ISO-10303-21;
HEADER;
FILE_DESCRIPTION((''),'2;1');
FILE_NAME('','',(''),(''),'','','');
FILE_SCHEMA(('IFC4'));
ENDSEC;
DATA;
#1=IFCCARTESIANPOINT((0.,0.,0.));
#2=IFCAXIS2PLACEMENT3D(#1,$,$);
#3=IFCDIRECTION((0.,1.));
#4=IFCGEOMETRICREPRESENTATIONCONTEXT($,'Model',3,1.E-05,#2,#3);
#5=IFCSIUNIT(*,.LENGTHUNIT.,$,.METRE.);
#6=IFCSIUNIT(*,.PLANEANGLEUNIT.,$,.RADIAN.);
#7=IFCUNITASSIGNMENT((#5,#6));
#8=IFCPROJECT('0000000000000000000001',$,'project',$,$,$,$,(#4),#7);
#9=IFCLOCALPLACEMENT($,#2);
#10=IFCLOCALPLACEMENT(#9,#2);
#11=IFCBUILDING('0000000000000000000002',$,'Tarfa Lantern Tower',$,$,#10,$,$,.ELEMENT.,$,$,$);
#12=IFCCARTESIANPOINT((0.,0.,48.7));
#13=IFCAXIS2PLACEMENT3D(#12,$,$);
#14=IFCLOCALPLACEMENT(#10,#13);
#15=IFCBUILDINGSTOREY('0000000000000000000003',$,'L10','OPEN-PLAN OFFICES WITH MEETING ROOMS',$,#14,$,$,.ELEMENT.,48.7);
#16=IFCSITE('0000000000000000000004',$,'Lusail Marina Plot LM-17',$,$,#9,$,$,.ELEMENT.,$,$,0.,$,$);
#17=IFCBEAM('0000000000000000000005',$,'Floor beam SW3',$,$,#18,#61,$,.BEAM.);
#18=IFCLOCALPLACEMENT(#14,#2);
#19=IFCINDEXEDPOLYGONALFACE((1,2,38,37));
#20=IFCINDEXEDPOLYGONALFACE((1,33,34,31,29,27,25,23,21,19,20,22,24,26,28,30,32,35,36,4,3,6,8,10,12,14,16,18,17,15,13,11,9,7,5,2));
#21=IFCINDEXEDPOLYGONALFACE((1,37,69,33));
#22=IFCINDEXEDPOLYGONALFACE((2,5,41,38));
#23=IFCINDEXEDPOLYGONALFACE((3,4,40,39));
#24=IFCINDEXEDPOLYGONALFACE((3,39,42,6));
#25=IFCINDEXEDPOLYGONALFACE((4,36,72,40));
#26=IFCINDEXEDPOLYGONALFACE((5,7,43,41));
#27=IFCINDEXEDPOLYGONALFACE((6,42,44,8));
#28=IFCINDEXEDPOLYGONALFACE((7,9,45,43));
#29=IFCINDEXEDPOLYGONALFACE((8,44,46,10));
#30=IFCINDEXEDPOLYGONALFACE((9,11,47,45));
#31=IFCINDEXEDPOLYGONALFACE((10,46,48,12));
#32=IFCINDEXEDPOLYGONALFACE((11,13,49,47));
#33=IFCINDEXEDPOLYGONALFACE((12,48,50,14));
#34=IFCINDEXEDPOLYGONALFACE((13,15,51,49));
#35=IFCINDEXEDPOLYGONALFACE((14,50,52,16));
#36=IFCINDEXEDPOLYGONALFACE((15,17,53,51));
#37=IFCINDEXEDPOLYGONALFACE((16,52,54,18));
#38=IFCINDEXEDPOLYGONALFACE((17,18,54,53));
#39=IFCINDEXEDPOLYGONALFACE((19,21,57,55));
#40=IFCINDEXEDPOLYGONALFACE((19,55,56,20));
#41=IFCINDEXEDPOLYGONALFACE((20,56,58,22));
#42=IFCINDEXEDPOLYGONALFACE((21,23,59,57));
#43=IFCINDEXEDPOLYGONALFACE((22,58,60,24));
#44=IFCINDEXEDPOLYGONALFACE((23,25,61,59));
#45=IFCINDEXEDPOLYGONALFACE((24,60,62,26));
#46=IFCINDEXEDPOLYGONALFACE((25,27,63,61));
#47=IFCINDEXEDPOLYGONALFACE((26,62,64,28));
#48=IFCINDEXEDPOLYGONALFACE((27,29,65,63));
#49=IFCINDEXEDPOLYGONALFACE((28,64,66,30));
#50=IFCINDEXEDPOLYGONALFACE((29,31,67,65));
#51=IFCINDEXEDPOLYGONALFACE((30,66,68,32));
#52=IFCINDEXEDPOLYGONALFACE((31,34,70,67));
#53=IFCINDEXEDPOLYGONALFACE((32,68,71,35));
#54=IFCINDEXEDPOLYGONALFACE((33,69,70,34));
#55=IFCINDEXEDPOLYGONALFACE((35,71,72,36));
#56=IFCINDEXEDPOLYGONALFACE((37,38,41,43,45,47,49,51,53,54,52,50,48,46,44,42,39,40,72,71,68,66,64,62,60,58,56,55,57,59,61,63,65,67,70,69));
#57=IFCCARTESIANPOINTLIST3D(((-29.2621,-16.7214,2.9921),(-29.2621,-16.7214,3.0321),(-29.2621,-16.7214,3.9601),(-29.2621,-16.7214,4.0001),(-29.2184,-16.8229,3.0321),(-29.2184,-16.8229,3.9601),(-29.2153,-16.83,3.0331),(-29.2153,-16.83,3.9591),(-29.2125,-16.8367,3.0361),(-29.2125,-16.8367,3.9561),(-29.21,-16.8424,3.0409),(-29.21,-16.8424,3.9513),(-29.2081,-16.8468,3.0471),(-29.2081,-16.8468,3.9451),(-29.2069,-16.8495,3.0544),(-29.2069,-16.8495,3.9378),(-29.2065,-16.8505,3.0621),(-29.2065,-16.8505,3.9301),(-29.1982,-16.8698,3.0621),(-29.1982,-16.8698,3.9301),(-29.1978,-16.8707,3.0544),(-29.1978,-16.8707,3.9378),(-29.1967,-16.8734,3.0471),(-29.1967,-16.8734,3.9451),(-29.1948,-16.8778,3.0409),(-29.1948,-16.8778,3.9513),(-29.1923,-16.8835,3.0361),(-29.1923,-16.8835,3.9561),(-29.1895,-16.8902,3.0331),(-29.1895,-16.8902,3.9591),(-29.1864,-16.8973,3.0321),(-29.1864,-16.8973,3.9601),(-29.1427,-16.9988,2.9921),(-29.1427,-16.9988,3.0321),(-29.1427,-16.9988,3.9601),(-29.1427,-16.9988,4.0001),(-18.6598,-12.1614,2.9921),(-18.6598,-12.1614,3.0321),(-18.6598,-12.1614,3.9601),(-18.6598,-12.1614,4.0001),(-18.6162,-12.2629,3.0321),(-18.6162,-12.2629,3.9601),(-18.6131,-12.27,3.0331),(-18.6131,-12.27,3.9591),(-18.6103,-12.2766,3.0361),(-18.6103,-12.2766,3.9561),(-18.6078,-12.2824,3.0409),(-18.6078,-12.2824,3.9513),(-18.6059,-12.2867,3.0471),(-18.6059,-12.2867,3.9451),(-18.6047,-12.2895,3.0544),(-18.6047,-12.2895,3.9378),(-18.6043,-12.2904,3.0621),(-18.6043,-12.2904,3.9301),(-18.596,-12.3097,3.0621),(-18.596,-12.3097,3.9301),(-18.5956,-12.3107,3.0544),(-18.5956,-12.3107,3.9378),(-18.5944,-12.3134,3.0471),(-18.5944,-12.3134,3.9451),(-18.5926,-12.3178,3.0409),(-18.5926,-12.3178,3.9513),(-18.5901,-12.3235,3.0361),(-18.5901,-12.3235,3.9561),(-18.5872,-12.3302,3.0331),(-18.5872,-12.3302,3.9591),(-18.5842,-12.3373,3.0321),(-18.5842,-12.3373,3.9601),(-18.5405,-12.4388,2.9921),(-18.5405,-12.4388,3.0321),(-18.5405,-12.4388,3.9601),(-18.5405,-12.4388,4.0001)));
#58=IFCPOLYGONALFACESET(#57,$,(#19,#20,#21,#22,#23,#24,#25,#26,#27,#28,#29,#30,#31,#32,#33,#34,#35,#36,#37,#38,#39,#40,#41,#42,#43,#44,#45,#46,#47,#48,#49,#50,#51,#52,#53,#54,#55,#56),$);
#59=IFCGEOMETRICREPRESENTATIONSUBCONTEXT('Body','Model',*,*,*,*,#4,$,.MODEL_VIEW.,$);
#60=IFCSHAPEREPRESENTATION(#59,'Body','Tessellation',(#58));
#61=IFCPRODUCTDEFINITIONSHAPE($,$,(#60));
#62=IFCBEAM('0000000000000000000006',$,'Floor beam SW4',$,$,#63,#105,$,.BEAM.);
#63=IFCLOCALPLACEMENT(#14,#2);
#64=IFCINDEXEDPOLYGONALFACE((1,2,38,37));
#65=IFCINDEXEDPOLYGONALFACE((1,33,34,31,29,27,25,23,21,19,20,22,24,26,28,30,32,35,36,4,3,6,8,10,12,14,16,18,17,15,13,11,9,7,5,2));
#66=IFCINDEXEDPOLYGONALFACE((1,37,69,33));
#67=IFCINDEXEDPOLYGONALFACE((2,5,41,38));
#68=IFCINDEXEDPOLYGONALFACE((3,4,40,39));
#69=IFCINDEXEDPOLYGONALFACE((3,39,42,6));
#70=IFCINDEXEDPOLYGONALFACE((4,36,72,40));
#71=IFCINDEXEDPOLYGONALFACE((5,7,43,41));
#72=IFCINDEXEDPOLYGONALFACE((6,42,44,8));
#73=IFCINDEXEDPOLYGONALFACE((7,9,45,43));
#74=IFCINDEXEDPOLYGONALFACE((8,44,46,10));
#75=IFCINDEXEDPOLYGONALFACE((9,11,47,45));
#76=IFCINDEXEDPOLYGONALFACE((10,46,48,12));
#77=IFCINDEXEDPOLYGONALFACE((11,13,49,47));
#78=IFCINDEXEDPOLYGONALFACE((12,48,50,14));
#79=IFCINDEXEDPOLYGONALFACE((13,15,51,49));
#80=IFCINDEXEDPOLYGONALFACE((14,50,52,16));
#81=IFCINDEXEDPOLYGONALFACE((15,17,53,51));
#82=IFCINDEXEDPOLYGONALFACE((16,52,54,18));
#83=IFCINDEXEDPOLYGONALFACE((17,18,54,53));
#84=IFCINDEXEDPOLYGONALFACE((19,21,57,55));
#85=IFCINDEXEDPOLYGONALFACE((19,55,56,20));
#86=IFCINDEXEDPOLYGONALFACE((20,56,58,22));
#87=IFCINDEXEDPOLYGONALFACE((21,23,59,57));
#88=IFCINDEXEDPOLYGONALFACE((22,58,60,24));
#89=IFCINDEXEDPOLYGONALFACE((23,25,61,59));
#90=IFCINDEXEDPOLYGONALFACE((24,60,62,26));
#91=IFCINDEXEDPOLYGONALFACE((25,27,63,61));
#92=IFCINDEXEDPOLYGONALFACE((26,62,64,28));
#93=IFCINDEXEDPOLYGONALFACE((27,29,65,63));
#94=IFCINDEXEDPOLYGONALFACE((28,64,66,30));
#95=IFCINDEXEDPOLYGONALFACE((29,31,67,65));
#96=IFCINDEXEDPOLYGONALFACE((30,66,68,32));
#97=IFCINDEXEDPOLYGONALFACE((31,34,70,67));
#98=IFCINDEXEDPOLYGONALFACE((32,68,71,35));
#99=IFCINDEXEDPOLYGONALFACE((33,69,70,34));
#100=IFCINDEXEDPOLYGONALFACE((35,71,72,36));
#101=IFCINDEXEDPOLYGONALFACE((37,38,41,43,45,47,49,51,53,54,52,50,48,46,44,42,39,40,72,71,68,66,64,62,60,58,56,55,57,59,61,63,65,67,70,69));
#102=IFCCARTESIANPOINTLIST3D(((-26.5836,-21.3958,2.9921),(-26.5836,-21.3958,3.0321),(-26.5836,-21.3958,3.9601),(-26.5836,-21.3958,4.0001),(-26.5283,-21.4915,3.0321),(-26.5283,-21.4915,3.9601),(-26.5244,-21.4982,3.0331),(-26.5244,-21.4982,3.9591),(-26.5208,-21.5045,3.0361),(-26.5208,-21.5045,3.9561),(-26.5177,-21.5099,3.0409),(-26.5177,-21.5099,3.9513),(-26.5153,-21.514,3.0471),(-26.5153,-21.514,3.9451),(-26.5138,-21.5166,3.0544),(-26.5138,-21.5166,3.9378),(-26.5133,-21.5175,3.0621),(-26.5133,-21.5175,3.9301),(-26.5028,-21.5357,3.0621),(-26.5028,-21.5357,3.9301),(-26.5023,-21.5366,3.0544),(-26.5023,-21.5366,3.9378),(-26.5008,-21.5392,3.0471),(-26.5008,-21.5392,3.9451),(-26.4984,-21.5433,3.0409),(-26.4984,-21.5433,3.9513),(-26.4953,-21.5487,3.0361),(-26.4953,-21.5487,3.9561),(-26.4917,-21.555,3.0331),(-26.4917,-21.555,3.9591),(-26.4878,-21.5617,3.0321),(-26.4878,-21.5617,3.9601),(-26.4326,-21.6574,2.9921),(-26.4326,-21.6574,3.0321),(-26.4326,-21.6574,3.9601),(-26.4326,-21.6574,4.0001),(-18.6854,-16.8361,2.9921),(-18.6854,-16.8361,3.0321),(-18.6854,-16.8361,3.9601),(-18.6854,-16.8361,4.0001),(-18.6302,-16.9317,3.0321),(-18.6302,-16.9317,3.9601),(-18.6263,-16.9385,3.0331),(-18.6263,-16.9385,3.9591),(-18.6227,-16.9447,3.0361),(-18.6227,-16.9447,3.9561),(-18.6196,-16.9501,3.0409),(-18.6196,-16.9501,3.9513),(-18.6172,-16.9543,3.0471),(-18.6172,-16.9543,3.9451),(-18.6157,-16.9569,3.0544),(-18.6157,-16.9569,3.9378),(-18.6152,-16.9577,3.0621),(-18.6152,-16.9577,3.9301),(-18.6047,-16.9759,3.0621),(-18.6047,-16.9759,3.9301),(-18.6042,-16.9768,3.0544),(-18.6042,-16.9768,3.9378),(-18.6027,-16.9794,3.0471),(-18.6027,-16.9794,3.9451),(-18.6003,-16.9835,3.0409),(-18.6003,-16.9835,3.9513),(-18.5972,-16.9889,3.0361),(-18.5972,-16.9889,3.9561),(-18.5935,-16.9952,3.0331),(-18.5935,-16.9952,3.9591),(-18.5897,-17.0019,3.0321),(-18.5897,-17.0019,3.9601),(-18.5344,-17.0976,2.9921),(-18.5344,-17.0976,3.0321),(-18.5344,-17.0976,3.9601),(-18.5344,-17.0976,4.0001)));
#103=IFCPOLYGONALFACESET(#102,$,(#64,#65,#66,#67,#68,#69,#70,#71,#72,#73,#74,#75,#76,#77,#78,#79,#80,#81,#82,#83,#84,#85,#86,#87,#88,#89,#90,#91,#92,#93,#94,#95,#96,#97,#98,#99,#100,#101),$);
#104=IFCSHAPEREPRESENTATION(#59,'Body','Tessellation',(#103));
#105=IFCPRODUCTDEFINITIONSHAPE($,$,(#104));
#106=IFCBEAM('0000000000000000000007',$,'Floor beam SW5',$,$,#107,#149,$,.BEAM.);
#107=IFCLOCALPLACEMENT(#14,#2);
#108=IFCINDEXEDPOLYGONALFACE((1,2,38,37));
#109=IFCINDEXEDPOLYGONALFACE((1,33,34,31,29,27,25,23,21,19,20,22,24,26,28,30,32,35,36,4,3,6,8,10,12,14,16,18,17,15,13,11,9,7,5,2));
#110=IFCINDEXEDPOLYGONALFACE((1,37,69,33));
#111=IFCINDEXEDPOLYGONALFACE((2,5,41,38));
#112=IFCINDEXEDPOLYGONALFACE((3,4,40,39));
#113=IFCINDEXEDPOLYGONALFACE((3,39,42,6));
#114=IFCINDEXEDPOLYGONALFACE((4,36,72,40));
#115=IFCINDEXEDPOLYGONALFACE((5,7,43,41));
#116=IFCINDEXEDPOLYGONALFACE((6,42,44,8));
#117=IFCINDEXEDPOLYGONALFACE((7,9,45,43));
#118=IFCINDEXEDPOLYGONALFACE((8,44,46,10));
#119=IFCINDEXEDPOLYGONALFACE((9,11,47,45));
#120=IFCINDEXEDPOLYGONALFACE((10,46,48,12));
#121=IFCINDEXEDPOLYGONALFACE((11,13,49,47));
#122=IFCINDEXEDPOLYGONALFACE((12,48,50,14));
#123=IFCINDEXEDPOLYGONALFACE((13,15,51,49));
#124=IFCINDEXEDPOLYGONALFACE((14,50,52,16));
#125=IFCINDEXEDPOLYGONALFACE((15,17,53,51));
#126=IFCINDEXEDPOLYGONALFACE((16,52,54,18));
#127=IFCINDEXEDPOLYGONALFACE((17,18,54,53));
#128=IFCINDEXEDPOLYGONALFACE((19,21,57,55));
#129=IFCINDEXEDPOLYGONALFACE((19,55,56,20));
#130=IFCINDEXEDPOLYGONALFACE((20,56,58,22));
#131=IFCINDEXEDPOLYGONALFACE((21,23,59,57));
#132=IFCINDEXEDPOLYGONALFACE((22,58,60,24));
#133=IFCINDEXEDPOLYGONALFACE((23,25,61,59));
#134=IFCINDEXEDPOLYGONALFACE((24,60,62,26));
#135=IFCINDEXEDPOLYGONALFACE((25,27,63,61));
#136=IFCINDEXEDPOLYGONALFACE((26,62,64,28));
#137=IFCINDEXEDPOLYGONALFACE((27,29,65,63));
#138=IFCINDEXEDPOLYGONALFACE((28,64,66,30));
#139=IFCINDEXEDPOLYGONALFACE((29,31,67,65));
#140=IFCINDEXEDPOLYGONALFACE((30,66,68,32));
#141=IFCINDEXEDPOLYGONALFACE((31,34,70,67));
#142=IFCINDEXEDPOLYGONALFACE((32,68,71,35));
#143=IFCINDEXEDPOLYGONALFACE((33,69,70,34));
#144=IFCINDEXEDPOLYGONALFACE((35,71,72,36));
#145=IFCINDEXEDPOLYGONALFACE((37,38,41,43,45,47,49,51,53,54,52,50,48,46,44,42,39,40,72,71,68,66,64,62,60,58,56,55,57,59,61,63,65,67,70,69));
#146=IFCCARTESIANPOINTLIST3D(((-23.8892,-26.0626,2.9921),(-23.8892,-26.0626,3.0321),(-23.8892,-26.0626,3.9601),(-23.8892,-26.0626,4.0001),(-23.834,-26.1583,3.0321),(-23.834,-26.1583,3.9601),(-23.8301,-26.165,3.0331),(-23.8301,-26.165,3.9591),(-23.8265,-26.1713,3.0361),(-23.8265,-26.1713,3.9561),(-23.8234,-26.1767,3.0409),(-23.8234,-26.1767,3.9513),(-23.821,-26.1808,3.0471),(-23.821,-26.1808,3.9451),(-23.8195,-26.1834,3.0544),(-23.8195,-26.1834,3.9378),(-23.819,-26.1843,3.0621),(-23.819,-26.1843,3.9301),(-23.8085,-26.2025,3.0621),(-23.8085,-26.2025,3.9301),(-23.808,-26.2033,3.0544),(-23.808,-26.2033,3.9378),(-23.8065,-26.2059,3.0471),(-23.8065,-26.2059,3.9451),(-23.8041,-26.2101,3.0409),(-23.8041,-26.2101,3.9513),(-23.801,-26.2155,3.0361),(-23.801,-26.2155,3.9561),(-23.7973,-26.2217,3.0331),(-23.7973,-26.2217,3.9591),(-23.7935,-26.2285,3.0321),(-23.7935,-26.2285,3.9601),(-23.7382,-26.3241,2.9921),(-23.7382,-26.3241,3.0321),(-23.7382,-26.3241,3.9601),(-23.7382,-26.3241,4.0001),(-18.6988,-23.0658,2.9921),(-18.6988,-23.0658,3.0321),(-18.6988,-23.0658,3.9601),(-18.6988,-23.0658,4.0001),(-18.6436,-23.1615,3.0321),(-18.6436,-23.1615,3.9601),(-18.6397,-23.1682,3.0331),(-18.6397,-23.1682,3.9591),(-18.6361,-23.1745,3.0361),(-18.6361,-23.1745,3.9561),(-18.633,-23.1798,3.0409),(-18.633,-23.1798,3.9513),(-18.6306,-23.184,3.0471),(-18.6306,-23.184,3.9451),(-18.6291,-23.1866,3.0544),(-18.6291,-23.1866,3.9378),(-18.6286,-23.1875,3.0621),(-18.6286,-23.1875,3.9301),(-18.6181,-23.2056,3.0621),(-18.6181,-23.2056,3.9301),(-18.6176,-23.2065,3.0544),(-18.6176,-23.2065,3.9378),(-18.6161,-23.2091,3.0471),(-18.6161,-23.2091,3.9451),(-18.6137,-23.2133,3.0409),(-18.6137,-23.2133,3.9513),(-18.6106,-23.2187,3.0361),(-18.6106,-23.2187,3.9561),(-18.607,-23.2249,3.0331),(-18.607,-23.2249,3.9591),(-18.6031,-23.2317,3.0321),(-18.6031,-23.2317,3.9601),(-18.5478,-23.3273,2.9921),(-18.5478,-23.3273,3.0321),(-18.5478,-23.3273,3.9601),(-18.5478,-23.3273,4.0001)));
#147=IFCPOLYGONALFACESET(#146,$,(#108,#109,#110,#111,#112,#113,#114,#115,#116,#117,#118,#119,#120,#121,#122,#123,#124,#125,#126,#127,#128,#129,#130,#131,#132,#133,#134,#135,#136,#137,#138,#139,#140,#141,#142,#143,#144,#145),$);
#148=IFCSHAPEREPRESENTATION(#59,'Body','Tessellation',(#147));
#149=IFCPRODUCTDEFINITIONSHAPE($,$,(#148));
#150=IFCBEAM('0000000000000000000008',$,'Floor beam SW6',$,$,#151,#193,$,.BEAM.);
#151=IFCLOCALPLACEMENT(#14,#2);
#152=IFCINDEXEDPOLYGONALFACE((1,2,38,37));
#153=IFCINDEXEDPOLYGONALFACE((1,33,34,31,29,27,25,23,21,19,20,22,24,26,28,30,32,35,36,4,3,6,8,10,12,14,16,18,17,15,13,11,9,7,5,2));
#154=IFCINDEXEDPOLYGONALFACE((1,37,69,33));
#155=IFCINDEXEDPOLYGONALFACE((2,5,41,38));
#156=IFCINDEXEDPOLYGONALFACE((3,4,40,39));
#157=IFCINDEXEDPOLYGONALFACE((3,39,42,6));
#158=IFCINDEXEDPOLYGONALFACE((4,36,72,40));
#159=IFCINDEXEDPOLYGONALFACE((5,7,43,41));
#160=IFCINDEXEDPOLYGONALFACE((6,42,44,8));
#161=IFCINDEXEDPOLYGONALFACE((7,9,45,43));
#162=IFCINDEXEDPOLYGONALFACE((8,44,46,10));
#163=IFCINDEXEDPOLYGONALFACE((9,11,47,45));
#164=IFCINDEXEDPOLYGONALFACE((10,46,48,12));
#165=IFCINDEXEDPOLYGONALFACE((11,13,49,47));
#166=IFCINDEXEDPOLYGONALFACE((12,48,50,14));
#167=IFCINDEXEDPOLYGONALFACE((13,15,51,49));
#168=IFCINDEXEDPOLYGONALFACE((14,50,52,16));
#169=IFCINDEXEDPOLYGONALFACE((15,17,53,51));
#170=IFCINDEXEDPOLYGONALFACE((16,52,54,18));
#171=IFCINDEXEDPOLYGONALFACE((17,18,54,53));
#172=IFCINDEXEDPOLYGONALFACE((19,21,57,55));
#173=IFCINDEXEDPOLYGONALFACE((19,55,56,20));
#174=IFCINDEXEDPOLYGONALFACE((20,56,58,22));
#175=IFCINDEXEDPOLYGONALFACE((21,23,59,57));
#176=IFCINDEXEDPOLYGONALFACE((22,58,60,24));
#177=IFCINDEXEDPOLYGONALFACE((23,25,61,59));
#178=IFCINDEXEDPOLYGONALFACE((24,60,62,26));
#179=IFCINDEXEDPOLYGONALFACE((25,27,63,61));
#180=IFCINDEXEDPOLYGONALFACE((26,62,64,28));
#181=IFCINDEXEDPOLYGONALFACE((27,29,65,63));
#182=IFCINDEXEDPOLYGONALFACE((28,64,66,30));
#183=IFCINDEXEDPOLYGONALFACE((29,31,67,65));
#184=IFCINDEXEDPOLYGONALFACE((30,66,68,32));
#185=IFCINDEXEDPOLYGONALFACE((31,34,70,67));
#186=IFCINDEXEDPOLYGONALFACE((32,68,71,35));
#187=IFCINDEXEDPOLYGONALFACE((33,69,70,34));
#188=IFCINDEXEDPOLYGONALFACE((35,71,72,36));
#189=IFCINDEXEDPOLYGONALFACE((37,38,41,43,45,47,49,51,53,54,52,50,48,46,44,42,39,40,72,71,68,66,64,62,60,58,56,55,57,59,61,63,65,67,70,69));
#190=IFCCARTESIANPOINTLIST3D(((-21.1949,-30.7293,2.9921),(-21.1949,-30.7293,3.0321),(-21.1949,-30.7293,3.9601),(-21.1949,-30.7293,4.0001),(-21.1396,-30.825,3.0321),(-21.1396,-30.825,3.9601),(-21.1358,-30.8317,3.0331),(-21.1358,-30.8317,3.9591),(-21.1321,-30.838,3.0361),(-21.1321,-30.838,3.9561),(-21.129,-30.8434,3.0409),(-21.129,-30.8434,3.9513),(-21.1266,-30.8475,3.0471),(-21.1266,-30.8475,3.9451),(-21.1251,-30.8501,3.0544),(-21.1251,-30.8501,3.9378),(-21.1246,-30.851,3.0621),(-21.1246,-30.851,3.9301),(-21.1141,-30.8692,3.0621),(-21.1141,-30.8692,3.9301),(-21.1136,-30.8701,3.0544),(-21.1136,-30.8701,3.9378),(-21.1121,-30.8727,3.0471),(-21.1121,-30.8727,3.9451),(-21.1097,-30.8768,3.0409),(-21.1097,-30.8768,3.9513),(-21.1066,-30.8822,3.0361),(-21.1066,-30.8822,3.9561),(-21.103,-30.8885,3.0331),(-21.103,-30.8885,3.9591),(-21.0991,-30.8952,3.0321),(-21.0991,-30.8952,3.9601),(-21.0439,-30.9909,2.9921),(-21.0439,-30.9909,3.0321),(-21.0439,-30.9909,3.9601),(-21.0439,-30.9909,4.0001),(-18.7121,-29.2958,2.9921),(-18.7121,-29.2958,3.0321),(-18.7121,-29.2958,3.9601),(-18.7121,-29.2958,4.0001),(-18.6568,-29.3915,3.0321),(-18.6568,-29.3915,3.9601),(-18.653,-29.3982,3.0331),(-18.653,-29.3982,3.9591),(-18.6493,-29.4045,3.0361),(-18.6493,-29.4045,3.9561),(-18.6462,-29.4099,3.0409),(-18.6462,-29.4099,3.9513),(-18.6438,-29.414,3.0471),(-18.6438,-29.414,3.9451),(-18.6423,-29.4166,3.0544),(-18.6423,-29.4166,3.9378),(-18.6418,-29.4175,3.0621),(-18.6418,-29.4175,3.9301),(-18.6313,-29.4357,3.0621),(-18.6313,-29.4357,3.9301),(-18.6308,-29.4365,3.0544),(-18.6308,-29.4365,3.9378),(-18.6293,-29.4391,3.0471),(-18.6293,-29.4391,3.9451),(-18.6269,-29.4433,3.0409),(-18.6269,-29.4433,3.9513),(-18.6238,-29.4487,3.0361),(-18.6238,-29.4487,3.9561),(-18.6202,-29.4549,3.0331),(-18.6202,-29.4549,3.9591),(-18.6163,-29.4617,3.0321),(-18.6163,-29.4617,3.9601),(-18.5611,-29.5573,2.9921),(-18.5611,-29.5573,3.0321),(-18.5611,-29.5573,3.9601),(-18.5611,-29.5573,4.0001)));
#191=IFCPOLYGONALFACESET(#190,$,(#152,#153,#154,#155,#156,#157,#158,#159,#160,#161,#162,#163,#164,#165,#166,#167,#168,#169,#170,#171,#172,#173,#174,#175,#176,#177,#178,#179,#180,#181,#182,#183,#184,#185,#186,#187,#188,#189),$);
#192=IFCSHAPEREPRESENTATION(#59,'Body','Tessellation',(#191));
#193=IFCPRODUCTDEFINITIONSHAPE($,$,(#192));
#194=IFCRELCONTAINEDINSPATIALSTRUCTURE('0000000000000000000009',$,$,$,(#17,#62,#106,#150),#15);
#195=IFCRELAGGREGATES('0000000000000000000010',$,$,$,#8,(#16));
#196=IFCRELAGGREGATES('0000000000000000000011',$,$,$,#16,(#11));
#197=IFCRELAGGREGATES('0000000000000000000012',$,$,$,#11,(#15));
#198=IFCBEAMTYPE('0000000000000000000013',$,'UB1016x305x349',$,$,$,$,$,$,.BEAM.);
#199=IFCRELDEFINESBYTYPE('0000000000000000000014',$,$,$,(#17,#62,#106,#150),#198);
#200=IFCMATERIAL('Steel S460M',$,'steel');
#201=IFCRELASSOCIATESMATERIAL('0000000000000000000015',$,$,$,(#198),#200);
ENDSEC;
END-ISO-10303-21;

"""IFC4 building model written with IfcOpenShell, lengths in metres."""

from ifc_helpers import new_model, si_unit, direction, frame, origin, origin_2d, place, context, subcontext, project, spatial, i_section, extrude, material, material_profile, profile_set, type_object, element, save


model = new_model("IFC4")

# Units and contexts
model_context = context("Model", 3, precision=1e-05, world=origin(), true_north=direction((0.0, 1.0)))
body_context = subcontext(model_context, "Body", "Model", "MODEL_VIEW")
ifc_project = project(units=[si_unit("LENGTHUNIT", "METRE"), si_unit("PLANEANGLEUNIT", "RADIAN")], contexts=[model_context])

# Site, building, storey
site_placement = place(None, origin())
site = spatial("IfcSite", under=ifc_project, at=site_placement, Name="Lusail Marina Plot LM-17", CompositionType="ELEMENT", RefElevation=0.0)
building_placement = place(site_placement, origin())
building = spatial("IfcBuilding", under=site, at=building_placement, Name="Tarfa Lantern Tower", CompositionType="ELEMENT")
storey_placement = place(building_placement, frame((0.0, 0.0, 48.7)))
storey = spatial("IfcBuildingStorey", under=building, at=storey_placement, Name="L10", Description="OPEN-PLAN OFFICES WITH MEETING ROOMS", CompositionType="ELEMENT", Elevation=48.7)

# Beams
ifc_material_1 = material(Name="Steel S460M", Category="steel")
ifc_material_profile_1 = material_profile(ifc_material_1, i_section(OverallWidth=0.302, OverallDepth=1.0081, WebThickness=0.021, FlangeThickness=0.04, FilletRadius=0.03, at=origin_2d()), Name="UB1016x305x349")
ifc_profile_set_1 = profile_set([ifc_material_profile_1], Name="Steel S460M")
beam_type_1 = type_object("IfcBeamType", Name="UB1016x305x349", PredefinedType="BEAM", material=ifc_profile_set_1)
beam_1_placement = place(storey_placement, frame((-29.2024, -16.8601, 3.4961), z_axis=(0.918635, 0.395106, 0.0), x_axis=(-0.395106, 0.918635, 0.0)))
element("IfcBeam", 1, at=beam_1_placement, inside=storey, type_object=beam_type_1, Name="Floor beam SW3", PredefinedType="BEAM", context=body_context, shape_type="SweptSolid", body=[
    extrude(i_section(OverallWidth=0.302, OverallDepth=1.0081, WebThickness=0.021, FlangeThickness=0.04, FilletRadius=0.03, at=origin_2d()), origin(), (0.0, 0.0, 1.0), 11.5413),
])
beam_2_placement = place(storey_placement, frame((-26.5081, -21.5266, 3.4961), z_axis=(0.866035, 0.499983, 0.0), x_axis=(-0.499983, 0.866035, 0.0)))
element("IfcBeam", 2, at=beam_2_placement, inside=storey, type_object=beam_type_1, Name="Floor beam SW4", PredefinedType="BEAM", context=body_context, shape_type="SweptSolid", body=[
    extrude(i_section(OverallWidth=0.302, OverallDepth=1.0081, WebThickness=0.021, FlangeThickness=0.04, FilletRadius=0.03, at=origin_2d()), origin(), (0.0, 0.0, 1.0), 9.1199),
])
beam_3_placement = place(storey_placement, frame((-23.8137, -26.1934, 3.4961), z_axis=(0.866016, 0.500016, 0.0), x_axis=(-0.500016, 0.866016, 0.0)))
element("IfcBeam", 3, at=beam_3_placement, inside=storey, type_object=beam_type_1, Name="Floor beam SW5", PredefinedType="BEAM", context=body_context, shape_type="SweptSolid", body=[
    extrude(i_section(OverallWidth=0.302, OverallDepth=1.0081, WebThickness=0.021, FlangeThickness=0.04, FilletRadius=0.03, at=origin_2d()), origin(), (0.0, 0.0, 1.0), 5.9934),
])
beam_4_placement = place(storey_placement, frame((-21.1194, -30.8601, 3.4961), z_axis=(0.866013, 0.500022, 0.0), x_axis=(-0.500022, 0.866013, 0.0)))
element("IfcBeam", 4, at=beam_4_placement, inside=storey, type_object=beam_type_1, Name="Floor beam SW6", PredefinedType="BEAM", context=body_context, shape_type="SweptSolid", body=[
    extrude(i_section(OverallWidth=0.302, OverallDepth=1.0081, WebThickness=0.021, FlangeThickness=0.04, FilletRadius=0.03, at=origin_2d()), origin(), (0.0, 0.0, 1.0), 2.8669),
])

save(model, "model.ifc")
